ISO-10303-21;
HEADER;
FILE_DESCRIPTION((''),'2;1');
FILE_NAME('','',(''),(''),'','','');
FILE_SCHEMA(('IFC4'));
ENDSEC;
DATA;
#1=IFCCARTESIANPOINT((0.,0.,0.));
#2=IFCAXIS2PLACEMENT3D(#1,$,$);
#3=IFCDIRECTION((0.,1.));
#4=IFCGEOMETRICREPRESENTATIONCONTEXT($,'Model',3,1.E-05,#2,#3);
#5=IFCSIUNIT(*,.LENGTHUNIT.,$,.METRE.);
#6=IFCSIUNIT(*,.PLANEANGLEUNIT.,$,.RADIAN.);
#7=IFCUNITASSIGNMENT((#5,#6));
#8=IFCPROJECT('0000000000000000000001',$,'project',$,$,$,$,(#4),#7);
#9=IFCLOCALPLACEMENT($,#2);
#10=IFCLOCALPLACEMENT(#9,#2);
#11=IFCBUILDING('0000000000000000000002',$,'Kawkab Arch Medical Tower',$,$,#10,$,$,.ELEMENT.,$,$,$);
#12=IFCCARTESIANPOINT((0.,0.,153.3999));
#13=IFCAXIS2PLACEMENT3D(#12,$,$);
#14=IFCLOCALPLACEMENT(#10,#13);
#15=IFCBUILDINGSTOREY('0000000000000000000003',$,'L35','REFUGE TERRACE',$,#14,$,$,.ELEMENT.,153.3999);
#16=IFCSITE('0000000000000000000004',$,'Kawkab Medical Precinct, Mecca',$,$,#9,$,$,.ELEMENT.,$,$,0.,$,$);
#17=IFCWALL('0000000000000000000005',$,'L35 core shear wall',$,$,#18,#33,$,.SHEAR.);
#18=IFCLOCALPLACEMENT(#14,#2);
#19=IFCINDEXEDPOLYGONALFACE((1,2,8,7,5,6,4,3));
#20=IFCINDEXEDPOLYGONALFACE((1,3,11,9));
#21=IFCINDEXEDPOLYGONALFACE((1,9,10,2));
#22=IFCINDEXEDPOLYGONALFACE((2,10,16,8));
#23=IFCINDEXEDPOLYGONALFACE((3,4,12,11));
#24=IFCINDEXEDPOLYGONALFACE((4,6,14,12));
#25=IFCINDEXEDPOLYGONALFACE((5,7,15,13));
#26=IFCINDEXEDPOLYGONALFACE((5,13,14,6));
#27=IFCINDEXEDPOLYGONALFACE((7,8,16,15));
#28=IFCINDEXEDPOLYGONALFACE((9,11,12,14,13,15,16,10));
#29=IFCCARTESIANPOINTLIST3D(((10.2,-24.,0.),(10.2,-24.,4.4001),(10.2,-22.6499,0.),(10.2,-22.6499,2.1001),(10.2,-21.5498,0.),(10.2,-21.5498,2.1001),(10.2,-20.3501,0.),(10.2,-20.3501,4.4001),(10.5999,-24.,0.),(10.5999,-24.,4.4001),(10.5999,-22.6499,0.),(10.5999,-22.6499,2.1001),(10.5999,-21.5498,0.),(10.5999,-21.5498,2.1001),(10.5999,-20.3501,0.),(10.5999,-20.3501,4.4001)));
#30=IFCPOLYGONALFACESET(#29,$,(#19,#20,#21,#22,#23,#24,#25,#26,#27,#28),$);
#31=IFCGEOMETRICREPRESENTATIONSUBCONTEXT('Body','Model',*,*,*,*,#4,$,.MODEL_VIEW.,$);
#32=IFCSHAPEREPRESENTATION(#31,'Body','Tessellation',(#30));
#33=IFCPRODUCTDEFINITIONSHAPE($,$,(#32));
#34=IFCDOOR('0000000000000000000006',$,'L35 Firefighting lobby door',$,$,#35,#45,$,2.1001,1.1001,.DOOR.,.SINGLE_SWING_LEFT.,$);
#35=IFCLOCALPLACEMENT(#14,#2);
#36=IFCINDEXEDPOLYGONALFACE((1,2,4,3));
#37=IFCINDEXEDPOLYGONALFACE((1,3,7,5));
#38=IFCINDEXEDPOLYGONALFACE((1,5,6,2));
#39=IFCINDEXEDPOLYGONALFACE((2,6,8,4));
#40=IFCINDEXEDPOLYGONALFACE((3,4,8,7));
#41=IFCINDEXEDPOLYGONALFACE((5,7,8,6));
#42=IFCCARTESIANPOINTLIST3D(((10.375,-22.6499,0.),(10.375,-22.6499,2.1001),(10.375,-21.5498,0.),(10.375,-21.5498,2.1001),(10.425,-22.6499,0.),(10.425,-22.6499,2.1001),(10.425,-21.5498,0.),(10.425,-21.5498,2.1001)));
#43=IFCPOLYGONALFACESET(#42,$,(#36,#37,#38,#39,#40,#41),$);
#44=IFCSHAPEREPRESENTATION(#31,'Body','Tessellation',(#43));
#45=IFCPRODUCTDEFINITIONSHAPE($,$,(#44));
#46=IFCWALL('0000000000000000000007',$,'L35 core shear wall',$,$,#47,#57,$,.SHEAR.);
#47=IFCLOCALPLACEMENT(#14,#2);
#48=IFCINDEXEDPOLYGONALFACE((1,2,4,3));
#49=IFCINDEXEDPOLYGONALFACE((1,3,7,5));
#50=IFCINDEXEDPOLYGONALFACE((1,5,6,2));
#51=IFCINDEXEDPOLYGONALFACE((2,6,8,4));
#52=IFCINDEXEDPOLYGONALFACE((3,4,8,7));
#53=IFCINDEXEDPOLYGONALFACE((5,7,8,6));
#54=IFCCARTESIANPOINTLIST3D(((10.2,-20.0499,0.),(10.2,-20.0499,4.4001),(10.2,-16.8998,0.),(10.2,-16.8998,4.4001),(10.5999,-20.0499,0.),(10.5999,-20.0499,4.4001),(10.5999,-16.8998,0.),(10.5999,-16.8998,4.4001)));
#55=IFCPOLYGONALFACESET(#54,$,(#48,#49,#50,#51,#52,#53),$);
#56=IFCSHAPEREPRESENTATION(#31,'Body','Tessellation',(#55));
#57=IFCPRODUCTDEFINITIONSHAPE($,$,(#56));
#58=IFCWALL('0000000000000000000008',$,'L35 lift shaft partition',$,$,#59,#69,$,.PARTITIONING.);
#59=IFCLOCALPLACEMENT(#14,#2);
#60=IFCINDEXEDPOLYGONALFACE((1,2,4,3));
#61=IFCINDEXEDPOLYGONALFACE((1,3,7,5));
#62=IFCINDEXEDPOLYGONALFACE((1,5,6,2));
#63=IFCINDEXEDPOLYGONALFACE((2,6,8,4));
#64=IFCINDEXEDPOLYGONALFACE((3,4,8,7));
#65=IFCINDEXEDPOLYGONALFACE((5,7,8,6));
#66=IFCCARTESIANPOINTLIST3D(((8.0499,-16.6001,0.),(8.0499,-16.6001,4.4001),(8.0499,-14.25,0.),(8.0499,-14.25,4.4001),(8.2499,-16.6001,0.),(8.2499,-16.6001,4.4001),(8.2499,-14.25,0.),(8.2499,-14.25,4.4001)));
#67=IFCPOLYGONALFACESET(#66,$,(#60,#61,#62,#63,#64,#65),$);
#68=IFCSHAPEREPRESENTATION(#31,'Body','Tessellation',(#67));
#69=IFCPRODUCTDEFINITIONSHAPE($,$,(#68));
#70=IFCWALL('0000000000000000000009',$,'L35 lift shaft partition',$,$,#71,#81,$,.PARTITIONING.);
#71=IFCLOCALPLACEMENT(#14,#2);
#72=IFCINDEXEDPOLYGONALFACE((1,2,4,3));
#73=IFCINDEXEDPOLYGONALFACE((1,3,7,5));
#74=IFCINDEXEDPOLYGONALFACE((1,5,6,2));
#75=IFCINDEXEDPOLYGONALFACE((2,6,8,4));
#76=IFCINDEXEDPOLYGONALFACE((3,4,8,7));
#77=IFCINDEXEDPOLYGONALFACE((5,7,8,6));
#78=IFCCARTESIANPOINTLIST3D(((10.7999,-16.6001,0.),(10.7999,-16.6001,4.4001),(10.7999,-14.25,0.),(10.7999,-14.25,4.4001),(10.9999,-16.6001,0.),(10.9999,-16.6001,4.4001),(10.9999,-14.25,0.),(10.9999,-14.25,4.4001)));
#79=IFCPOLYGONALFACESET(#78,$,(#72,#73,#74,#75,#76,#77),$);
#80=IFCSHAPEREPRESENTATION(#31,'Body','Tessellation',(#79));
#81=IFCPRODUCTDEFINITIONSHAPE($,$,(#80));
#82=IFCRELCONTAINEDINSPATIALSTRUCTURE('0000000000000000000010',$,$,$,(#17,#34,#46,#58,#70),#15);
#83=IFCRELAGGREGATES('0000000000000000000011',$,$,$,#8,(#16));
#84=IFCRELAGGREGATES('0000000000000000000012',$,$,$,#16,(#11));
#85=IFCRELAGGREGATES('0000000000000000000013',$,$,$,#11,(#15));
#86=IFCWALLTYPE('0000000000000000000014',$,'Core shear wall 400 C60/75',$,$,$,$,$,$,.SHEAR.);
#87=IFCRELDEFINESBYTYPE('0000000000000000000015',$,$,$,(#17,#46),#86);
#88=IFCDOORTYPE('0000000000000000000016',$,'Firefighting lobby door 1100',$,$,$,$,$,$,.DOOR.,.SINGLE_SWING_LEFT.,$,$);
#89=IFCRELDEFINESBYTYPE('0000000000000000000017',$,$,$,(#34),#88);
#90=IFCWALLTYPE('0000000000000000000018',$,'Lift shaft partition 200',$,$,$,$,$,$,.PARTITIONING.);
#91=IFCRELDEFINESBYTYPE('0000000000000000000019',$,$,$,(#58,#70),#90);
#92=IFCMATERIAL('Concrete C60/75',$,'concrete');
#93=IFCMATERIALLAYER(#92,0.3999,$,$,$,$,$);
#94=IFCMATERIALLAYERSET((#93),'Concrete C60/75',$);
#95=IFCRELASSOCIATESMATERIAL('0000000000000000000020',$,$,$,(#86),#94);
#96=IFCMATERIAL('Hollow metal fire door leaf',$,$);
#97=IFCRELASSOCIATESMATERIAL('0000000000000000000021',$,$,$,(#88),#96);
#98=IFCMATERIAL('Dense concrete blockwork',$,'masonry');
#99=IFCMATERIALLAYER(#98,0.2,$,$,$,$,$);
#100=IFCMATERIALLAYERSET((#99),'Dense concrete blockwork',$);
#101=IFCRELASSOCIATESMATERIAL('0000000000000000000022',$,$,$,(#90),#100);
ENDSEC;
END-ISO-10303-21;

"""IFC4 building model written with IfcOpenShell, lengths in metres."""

from ifc_helpers import new_model, si_unit, direction, frame, frame_2d, origin, place, context, subcontext, project, spatial, rectangle, extrude, material, layer, layer_set, type_object, element, fill, save


model = new_model("IFC4")

# Units and contexts
model_context = context("Model", 3, precision=1e-05, world=origin(), true_north=direction((0.0, 1.0)))
body_context = subcontext(model_context, "Body", "Model", "MODEL_VIEW")
ifc_project = project(units=[si_unit("LENGTHUNIT", "METRE"), si_unit("PLANEANGLEUNIT", "RADIAN")], contexts=[model_context])

# Site, building, storey
site_placement = place(None, origin())
site = spatial("IfcSite", under=ifc_project, at=site_placement, Name="Kawkab Medical Precinct, Mecca", CompositionType="ELEMENT", RefElevation=0.0)
building_placement = place(site_placement, origin())
building = spatial("IfcBuilding", under=site, at=building_placement, Name="Kawkab Arch Medical Tower", CompositionType="ELEMENT")
storey_placement = place(building_placement, frame((0.0, 0.0, 153.3999)))
storey = spatial("IfcBuildingStorey", under=building, at=storey_placement, Name="L35", Description="REFUGE TERRACE", CompositionType="ELEMENT", Elevation=153.3999)

# Wall, opening, door
ifc_material_1 = material(Name="Concrete C60/75", Category="concrete")
ifc_layer_1 = layer(ifc_material_1, 0.3999)
ifc_layer_set_1 = layer_set([ifc_layer_1], Name="Concrete C60/75")
wall_type_1 = type_object("IfcWallType", Name="Core shear wall 400 C60/75", PredefinedType="SHEAR", material=ifc_layer_set_1)
wall_1_placement = place(storey_placement, frame((10.3999, -24.0, 0.0), z_axis=(0.0, 0.0, 1.0), x_axis=(0.0, 1.0, 0.0)))
wall_1 = element("IfcWall", 1, at=wall_1_placement, inside=storey, type_object=wall_type_1, Name="L35 core shear wall", PredefinedType="SHEAR", context=body_context, shape_type="SweptSolid", body=[
    extrude(rectangle(XDim=3.6499, YDim=0.3999, at=frame_2d((1.825, 0.0))), origin(), (0.0, 0.0, 1.0), 4.4001),
])
opening_1_placement = place(wall_1_placement, frame((1.3501, 0.0, 0.0)))
opening_1 = element("IfcOpeningElement", 2, at=opening_1_placement, cuts=wall_1, PredefinedType="OPENING", context=body_context, shape_type="SweptSolid", body=[
    extrude(rectangle(XDim=1.1001, YDim=2.1001, at=frame_2d((0.55, 1.05))), frame((0.0, 0.21, 0.0), z_axis=(0.0, -1.0, 0.0), x_axis=(1.0, 0.0, 0.0)), (0.0, 0.0, 1.0), 0.4199),
])
ifc_material_2 = material(Name="Hollow metal fire door leaf")
door_type_1 = type_object("IfcDoorType", Name="Firefighting lobby door 1100", OperationType="SINGLE_SWING_LEFT", PredefinedType="DOOR", material=ifc_material_2)
door_1_placement = place(opening_1_placement, origin())
door_1 = element("IfcDoor", 3, at=door_1_placement, inside=storey, type_object=door_type_1, Name="L35 Firefighting lobby door", OperationType="SINGLE_SWING_LEFT", OverallHeight=2.1001, OverallWidth=1.1001, PredefinedType="DOOR", context=body_context, shape_type="SweptSolid", body=[
    extrude(rectangle(XDim=1.1001, YDim=2.1001, at=frame_2d((0.55, 1.05))), frame((0.0, 0.0249, 0.0), z_axis=(0.0, -1.0, 0.0), x_axis=(1.0, 0.0, 0.0)), (0.0, 0.0, 1.0), 0.05),
])
fill(opening_1, door_1)

# Walls
wall_2_placement = place(storey_placement, frame((10.3999, -20.05, 0.0), z_axis=(0.0, 0.0, 1.0), x_axis=(0.0, 1.0, 0.0)))
element("IfcWall", 4, at=wall_2_placement, inside=storey, type_object=wall_type_1, Name="L35 core shear wall", PredefinedType="SHEAR", context=body_context, shape_type="SweptSolid", body=[
    extrude(rectangle(XDim=3.1501, YDim=0.3999, at=frame_2d((1.5752, 0.0))), origin(), (0.0, 0.0, 1.0), 4.4001),
])
ifc_material_3 = material(Name="Dense concrete blockwork", Category="masonry")
ifc_layer_2 = layer(ifc_material_3, 0.2)
ifc_layer_set_2 = layer_set([ifc_layer_2], Name="Dense concrete blockwork")
wall_type_2 = type_object("IfcWallType", Name="Lift shaft partition 200", PredefinedType="PARTITIONING", material=ifc_layer_set_2)
for number, where, z_axis, x_axis, name in (
    (5, (8.1499, -16.6001, 0.0), (0.0, 0.0, 1.0), (0.0, 1.0, 0.0), "L35 lift shaft partition"),
    (6, (10.8999, -16.6001, 0.0), (0.0, 0.0, 1.0), (0.0, 1.0, 0.0), "L35 lift shaft partition"),
):
    element("IfcWall", number, at=place(storey_placement, frame(where, z_axis=z_axis, x_axis=x_axis)), inside=storey, type_object=wall_type_2, Name=name, PredefinedType="PARTITIONING", context=body_context, shape_type="SweptSolid", body=[
        extrude(rectangle(XDim=2.3501, YDim=0.2, at=frame_2d((1.175, 0.0))), origin(), (0.0, 0.0, 1.0), 4.4001),
    ])

save(model, "model.ifc")
